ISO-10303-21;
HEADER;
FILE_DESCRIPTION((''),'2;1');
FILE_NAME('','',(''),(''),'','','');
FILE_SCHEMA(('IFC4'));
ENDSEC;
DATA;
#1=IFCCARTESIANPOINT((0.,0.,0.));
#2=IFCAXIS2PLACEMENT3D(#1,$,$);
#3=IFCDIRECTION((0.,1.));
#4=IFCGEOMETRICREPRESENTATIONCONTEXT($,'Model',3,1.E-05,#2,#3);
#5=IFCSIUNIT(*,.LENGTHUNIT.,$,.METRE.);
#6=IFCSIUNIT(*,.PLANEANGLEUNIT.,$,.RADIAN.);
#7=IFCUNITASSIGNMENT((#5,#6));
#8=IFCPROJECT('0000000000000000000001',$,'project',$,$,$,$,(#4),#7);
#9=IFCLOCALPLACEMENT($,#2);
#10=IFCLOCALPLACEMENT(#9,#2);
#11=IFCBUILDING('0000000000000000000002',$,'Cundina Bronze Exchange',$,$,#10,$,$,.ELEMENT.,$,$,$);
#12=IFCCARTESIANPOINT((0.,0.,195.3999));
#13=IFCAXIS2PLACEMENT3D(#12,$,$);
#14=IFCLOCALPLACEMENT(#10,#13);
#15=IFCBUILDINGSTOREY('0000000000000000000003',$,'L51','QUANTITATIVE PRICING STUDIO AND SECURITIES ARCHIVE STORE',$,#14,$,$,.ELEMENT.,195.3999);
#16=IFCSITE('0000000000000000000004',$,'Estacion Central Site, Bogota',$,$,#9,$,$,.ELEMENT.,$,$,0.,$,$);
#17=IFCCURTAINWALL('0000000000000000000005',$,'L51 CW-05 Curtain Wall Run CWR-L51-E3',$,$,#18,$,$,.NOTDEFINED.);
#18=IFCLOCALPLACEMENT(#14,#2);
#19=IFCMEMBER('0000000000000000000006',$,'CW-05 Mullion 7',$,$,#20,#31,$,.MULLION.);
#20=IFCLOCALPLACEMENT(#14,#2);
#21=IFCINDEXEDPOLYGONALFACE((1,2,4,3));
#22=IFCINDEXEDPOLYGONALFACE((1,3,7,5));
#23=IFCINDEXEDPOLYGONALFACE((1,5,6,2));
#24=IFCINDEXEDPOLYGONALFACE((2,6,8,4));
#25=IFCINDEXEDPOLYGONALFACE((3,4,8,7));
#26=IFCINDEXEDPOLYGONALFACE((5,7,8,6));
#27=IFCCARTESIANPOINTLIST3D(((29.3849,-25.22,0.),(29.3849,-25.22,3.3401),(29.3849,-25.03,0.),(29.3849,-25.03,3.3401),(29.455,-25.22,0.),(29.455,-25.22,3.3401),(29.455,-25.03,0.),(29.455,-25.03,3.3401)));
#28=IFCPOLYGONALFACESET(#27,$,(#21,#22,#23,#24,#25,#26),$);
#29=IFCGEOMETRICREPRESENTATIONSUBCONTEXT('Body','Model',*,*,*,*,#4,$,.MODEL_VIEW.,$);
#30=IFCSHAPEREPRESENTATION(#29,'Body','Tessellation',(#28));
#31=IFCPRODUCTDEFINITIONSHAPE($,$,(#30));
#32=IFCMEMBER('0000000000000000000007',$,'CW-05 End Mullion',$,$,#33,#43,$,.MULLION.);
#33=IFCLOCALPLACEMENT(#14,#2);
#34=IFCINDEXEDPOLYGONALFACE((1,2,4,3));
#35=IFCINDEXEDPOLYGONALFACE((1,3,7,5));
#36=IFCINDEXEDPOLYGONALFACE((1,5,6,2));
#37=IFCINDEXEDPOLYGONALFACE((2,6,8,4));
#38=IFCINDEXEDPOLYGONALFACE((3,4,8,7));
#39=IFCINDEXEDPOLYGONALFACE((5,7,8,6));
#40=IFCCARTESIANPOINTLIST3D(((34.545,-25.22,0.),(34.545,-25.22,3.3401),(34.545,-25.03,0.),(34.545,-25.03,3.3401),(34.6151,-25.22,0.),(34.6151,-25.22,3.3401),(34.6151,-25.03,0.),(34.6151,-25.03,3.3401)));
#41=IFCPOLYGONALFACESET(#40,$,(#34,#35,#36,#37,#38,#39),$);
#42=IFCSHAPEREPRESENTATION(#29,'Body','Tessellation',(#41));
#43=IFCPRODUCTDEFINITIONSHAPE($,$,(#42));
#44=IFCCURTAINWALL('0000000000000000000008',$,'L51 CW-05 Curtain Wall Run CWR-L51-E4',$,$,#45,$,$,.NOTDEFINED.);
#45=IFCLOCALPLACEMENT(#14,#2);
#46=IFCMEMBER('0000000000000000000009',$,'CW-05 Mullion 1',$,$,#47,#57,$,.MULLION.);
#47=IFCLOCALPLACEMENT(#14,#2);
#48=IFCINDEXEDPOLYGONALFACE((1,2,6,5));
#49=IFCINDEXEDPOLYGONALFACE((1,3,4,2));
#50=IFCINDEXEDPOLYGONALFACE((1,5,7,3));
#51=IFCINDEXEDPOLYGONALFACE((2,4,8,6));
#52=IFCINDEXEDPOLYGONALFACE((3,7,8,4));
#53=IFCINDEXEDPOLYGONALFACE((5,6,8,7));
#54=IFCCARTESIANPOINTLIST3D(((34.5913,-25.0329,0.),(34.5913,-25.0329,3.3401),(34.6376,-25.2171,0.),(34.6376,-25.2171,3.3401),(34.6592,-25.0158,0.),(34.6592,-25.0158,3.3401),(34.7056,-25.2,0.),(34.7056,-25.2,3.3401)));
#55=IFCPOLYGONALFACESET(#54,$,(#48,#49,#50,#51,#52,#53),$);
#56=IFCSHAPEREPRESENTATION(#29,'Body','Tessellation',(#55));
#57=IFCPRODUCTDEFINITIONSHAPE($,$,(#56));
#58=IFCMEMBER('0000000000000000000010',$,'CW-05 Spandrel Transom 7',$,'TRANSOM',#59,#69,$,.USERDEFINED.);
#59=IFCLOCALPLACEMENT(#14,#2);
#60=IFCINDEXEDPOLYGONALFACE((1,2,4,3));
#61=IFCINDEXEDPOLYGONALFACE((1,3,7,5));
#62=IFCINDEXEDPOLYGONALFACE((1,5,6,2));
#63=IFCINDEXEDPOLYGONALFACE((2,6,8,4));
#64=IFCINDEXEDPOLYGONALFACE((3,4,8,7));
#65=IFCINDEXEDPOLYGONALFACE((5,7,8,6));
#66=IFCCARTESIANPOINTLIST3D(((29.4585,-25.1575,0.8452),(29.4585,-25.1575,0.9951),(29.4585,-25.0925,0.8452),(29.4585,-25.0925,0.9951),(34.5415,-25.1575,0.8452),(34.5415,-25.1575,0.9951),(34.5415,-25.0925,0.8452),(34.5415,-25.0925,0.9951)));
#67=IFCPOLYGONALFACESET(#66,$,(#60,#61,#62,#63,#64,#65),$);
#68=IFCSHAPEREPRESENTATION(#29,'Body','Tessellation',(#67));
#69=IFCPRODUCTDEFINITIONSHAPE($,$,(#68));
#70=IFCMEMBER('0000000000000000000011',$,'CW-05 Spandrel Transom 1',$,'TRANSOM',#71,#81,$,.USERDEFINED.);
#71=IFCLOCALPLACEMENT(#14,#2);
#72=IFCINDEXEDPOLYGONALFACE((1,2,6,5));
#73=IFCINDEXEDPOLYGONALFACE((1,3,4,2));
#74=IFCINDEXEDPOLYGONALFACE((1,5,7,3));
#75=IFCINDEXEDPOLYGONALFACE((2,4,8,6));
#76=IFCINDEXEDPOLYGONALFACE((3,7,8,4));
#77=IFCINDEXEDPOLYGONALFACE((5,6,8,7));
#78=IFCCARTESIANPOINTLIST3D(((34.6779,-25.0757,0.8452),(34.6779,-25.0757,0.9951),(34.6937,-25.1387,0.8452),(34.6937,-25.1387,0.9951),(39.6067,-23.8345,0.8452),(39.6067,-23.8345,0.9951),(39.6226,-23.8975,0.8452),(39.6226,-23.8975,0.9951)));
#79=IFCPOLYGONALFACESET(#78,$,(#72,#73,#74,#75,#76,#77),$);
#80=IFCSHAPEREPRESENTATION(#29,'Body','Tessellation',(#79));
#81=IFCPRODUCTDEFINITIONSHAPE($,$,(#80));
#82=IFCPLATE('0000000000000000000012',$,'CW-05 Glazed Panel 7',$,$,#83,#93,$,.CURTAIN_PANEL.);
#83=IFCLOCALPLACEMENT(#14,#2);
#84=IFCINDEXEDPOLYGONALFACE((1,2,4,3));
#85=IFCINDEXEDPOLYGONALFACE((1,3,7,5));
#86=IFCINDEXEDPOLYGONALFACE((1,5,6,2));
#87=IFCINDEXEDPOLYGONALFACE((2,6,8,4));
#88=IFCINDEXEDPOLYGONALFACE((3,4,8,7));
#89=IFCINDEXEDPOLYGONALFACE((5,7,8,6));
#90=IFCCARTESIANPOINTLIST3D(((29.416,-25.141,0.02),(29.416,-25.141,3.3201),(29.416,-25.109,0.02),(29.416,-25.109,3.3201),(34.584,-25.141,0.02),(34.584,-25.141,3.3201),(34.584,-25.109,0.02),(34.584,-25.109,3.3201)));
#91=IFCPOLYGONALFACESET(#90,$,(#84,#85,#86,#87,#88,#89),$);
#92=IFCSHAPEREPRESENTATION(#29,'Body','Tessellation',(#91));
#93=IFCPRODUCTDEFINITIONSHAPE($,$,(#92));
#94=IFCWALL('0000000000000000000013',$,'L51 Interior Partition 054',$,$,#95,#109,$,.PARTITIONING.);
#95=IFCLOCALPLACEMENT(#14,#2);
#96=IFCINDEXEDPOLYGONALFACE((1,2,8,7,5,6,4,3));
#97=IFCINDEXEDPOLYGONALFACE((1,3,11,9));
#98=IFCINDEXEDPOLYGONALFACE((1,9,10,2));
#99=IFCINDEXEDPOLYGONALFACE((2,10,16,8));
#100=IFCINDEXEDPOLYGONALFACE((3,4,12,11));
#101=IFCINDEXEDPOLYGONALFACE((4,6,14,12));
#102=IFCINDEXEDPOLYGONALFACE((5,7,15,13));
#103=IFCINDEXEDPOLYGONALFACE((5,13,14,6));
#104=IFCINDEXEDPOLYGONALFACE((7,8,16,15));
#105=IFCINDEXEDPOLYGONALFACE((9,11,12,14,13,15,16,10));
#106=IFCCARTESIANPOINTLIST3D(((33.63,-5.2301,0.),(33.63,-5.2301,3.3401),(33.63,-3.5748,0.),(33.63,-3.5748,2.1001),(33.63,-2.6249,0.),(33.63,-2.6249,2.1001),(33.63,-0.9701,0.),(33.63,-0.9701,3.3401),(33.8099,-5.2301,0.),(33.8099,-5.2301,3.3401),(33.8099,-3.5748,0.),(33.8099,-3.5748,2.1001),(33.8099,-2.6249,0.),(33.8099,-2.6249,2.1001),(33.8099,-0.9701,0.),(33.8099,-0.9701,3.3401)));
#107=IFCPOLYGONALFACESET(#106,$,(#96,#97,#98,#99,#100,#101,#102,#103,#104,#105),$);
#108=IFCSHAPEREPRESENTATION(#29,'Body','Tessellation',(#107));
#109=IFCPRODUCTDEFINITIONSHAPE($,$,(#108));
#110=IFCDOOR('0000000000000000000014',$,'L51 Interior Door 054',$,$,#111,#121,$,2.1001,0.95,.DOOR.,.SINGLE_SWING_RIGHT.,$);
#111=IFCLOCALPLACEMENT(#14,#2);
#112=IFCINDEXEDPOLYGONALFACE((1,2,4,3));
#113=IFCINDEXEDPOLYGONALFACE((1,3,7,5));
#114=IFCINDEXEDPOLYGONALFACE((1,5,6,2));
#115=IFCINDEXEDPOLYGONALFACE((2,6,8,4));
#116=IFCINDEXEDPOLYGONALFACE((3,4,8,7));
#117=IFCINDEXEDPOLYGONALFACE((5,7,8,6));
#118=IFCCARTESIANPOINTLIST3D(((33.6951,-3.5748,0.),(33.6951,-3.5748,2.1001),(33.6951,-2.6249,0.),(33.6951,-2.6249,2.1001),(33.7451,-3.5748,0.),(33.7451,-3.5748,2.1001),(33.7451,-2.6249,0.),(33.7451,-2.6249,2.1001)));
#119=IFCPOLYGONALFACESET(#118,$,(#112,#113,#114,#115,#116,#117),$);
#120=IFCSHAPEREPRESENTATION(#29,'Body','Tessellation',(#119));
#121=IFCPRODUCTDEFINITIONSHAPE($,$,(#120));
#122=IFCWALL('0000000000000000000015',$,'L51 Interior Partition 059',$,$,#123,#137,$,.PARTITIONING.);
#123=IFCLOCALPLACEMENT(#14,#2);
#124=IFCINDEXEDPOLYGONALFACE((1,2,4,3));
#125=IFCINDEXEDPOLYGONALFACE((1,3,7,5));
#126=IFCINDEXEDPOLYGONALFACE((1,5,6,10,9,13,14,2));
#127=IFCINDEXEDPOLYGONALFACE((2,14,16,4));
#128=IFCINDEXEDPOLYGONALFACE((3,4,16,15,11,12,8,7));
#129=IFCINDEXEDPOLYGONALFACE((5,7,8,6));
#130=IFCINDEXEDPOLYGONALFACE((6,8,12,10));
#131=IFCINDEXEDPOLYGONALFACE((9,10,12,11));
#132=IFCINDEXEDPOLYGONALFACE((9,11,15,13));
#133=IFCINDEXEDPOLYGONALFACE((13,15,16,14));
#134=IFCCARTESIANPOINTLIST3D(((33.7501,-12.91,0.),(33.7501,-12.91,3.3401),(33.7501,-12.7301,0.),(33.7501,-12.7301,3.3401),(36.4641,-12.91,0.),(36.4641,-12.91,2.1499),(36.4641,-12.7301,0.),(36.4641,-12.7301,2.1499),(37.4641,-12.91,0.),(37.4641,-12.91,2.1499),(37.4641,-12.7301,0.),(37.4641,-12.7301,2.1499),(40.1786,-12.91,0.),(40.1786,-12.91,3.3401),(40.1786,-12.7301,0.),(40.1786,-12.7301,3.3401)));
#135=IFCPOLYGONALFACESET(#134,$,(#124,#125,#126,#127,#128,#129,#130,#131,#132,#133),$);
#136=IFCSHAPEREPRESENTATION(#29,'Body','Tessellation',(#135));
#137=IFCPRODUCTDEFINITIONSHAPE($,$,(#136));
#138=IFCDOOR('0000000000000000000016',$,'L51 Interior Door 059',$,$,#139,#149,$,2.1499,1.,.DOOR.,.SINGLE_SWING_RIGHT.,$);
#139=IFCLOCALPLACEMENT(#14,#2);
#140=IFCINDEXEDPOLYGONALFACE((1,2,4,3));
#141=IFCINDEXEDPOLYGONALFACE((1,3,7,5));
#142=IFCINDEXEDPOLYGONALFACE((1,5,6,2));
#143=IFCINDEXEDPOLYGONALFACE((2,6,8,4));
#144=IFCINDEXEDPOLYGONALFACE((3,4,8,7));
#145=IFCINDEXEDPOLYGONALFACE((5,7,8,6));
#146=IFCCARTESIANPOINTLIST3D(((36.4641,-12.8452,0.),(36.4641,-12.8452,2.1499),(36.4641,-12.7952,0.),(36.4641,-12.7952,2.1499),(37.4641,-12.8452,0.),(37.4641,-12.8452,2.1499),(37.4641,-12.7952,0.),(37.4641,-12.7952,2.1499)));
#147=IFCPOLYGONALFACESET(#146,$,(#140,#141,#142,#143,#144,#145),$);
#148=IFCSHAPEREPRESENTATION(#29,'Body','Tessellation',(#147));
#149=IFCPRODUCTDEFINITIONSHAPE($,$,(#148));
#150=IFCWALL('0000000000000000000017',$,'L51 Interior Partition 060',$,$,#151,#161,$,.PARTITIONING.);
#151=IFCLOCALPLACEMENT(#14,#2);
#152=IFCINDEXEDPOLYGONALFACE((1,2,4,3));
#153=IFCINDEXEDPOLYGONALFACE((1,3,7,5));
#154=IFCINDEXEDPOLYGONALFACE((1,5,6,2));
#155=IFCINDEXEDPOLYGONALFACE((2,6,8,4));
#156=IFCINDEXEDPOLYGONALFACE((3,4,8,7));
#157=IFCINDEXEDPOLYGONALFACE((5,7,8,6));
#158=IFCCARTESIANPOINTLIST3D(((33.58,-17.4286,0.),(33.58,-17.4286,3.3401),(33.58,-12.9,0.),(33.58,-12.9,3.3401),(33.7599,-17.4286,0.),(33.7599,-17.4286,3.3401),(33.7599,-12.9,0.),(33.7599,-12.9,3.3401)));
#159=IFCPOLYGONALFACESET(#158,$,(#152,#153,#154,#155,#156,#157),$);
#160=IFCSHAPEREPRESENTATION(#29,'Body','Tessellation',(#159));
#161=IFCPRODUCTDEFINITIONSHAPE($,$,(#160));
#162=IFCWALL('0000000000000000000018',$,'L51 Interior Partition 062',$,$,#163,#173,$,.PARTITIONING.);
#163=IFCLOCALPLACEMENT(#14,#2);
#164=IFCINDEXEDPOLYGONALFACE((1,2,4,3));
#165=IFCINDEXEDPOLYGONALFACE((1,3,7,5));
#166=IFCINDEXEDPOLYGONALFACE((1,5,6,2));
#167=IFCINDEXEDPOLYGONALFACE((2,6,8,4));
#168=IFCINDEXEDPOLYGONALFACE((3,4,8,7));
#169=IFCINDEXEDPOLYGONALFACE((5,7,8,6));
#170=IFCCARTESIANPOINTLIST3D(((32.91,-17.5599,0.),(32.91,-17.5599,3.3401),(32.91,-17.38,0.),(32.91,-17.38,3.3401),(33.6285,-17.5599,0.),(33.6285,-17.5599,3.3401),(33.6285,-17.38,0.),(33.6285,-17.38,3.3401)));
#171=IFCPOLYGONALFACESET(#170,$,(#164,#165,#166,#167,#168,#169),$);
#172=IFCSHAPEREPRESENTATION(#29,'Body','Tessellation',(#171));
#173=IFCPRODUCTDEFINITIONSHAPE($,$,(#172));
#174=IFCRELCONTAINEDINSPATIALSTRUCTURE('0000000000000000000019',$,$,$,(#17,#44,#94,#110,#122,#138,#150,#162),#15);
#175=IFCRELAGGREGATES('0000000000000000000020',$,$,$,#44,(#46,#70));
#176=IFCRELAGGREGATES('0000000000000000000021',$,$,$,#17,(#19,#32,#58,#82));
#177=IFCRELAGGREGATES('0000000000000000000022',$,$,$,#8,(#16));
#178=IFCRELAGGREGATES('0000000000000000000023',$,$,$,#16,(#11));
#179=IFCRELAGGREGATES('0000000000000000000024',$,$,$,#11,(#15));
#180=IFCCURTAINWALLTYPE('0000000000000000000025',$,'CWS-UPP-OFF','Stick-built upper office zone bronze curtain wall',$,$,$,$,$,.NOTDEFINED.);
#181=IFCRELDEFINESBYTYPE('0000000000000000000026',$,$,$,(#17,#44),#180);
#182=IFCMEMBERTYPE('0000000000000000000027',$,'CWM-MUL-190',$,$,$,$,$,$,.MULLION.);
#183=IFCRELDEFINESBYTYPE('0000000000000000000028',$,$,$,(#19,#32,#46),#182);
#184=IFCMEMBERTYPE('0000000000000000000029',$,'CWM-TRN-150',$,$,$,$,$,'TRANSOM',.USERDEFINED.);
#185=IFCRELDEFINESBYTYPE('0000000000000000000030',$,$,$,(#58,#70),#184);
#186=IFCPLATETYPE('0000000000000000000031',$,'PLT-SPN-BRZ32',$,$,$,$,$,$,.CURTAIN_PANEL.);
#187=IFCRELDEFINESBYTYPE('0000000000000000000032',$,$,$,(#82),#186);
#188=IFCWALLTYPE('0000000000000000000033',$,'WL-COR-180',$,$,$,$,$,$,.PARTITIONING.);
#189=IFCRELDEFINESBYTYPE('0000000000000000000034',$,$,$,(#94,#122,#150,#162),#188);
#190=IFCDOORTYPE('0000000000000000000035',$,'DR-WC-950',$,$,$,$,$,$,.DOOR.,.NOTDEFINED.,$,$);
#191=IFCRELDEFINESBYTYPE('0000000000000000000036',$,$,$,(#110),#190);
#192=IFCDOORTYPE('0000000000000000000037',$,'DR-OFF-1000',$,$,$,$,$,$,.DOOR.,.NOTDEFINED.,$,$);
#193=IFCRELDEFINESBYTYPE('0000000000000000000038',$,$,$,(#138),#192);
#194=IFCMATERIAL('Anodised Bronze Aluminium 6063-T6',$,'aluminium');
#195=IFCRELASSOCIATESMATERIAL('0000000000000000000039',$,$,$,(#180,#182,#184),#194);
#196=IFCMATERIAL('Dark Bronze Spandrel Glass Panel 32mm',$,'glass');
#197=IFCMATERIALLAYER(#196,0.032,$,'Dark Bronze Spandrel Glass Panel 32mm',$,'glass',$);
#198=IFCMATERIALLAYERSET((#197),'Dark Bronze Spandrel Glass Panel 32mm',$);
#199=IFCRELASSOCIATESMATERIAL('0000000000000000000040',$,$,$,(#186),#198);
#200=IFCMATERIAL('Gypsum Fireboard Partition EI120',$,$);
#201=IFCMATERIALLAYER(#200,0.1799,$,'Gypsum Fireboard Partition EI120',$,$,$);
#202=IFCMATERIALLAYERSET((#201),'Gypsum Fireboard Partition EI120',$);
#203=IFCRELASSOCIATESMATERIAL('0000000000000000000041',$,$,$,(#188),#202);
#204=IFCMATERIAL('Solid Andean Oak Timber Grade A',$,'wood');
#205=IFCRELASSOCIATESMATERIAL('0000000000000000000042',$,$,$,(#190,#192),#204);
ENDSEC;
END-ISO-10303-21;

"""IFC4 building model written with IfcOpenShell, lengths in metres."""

from ifc_helpers import new_model, si_unit, direction, frame, frame_2d, origin, origin_2d, place, context, subcontext, project, spatial, rectangle, extrude, material, layer, layer_set, material_profile, profile_set, type_object, element, fill, aggregate, save


model = new_model("IFC4")

# Units and contexts
model_context = context("Model", 3, precision=1e-05, world=origin(), true_north=direction((0.0, 1.0)))
body_context = subcontext(model_context, "Body", "Model", "MODEL_VIEW")
ifc_project = project(units=[si_unit("LENGTHUNIT", "METRE"), si_unit("PLANEANGLEUNIT", "RADIAN")], contexts=[model_context])

# Site, building, storey
site_placement = place(None, origin())
site = spatial("IfcSite", under=ifc_project, at=site_placement, Name="Estacion Central Site, Bogota", CompositionType="ELEMENT", RefElevation=0.0)
building_placement = place(site_placement, origin())
building = spatial("IfcBuilding", under=site, at=building_placement, Name="Cundina Bronze Exchange", CompositionType="ELEMENT")
storey_placement = place(building_placement, frame((0.0, 0.0, 195.3999)))
storey = spatial("IfcBuildingStorey", under=building, at=storey_placement, Name="L51", Description="QUANTITATIVE PRICING STUDIO AND SECURITIES ARCHIVE STORE", CompositionType="ELEMENT", Elevation=195.3999)

# Curtain wall, members
ifc_material_1 = material(Name="Anodised Bronze Aluminium 6063-T6", Category="aluminium")
curtain_wall_type = type_object("IfcCurtainWallType", Name="CWS-UPP-OFF", Description="Stick-built upper office zone bronze curtain wall", PredefinedType="NOTDEFINED", material=ifc_material_1)
curtain_wall_1_placement = place(storey_placement, origin())
curtain_wall_1 = element("IfcCurtainWall", 1, at=curtain_wall_1_placement, inside=storey, type_object=curtain_wall_type, Name="L51 CW-05 Curtain Wall Run CWR-L51-E3", PredefinedType="NOTDEFINED")
ifc_material_profile_1 = material_profile(ifc_material_1, rectangle(XDim=0.0701, YDim=0.1899, at=origin_2d()), Name="AL70X190", Category="aluminium")
ifc_profile_set_1 = profile_set([ifc_material_profile_1], Name="Anodised Bronze Aluminium 6063-T6")
member_type_1 = type_object("IfcMemberType", Name="CWM-MUL-190", PredefinedType="MULLION", material=ifc_profile_set_1)
member_1_placement = place(storey_placement, frame((29.4199, -25.125, 0.0), z_axis=(0.0, 0.0, 1.0), x_axis=(1.0, 0.0, 0.0)))
member_1 = element("IfcMember", 2, at=member_1_placement, type_object=member_type_1, Name="CW-05 Mullion 7", PredefinedType="MULLION", context=body_context, shape_type="SweptSolid", body=[
    extrude(rectangle(XDim=0.0701, YDim=0.1899, at=origin_2d()), origin(), (0.0, 0.0, 1.0), 3.3401),
])
member_2_placement = place(storey_placement, frame((34.5801, -25.125, 0.0), z_axis=(0.0, 0.0, 1.0), x_axis=(1.0, 0.0, 0.0)))
member_2 = element("IfcMember", 3, at=member_2_placement, type_object=member_type_1, Name="CW-05 End Mullion", PredefinedType="MULLION", context=body_context, shape_type="SweptSolid", body=[
    extrude(rectangle(XDim=0.0701, YDim=0.1899, at=origin_2d()), origin(), (0.0, 0.0, 1.0), 3.3401),
])

# Curtain wall, member
curtain_wall_2_placement = place(storey_placement, origin())
curtain_wall_2 = element("IfcCurtainWall", 4, at=curtain_wall_2_placement, inside=storey, type_object=curtain_wall_type, Name="L51 CW-05 Curtain Wall Run CWR-L51-E4", PredefinedType="NOTDEFINED")
member_3_placement = place(storey_placement, frame((34.6484, -25.1165, 0.0), z_axis=(0.0, 0.0, 1.0), x_axis=(0.969744, 0.244123, 0.0)))
member_3 = element("IfcMember", 5, at=member_3_placement, type_object=member_type_1, Name="CW-05 Mullion 1", PredefinedType="MULLION", context=body_context, shape_type="SweptSolid", body=[
    extrude(rectangle(XDim=0.0701, YDim=0.1899, at=origin_2d()), origin(), (0.0, 0.0, 1.0), 3.3401),
])

# Members
ifc_material_profile_2 = material_profile(ifc_material_1, rectangle(XDim=0.0649, YDim=0.1499, at=origin_2d()), Name="AL65X150", Category="aluminium")
ifc_profile_set_2 = profile_set([ifc_material_profile_2], Name="Anodised Bronze Aluminium 6063-T6")
member_type_2 = type_object("IfcMemberType", Name="CWM-TRN-150", ElementType="TRANSOM", PredefinedType="USERDEFINED", material=ifc_profile_set_2)
member_4_placement = place(storey_placement, frame((29.4585, -25.125, 0.9202), z_axis=(1.0, 0.0, 0.0), x_axis=(0.0, 1.0, 0.0)))
member_4 = element("IfcMember", 6, at=member_4_placement, type_object=member_type_2, Name="CW-05 Spandrel Transom 7", ObjectType="TRANSOM", PredefinedType="USERDEFINED", context=body_context, shape_type="SweptSolid", body=[
    extrude(rectangle(XDim=0.0649, YDim=0.1499, at=origin_2d()), origin(), (0.0, 0.0, 1.0), 5.083),
])
member_5_placement = place(storey_placement, frame((34.6858, -25.1072, 0.9202), z_axis=(0.969726, 0.244197, 0.0), x_axis=(-0.244197, 0.969726, 0.0)))
member_5 = element("IfcMember", 7, at=member_5_placement, type_object=member_type_2, Name="CW-05 Spandrel Transom 1", ObjectType="TRANSOM", PredefinedType="USERDEFINED", context=body_context, shape_type="SweptSolid", body=[
    extrude(rectangle(XDim=0.0649, YDim=0.1499, at=origin_2d()), origin(), (0.0, 0.0, 1.0), 5.0828),
])
aggregate(curtain_wall_2, [member_3, member_5])

# Plate
ifc_material_2 = material(Name="Dark Bronze Spandrel Glass Panel 32mm", Category="glass")
ifc_layer_1 = layer(ifc_material_2, 0.032, Name="Dark Bronze Spandrel Glass Panel 32mm", Category="glass")
ifc_layer_set_1 = layer_set([ifc_layer_1], Name="Dark Bronze Spandrel Glass Panel 32mm")
plate_type = type_object("IfcPlateType", Name="PLT-SPN-BRZ32", PredefinedType="CURTAIN_PANEL", material=ifc_layer_set_1)
plate_placement = place(storey_placement, frame((32.0, -25.125, 0.02), z_axis=(0.0, 0.0, 1.0), x_axis=(1.0, 0.0, 0.0)))
plate = element("IfcPlate", 8, at=plate_placement, type_object=plate_type, Name="CW-05 Glazed Panel 7", PredefinedType="CURTAIN_PANEL", context=body_context, shape_type="SweptSolid", body=[
    extrude(rectangle(XDim=5.168, YDim=0.032, at=origin_2d()), origin(), (0.0, 0.0, 1.0), 3.3),
])
aggregate(curtain_wall_1, [member_1, member_2, member_4, plate])

# Walls, openings, doors
ifc_material_3 = material(Name="Gypsum Fireboard Partition EI120")
ifc_layer_2 = layer(ifc_material_3, 0.1799, Name="Gypsum Fireboard Partition EI120")
ifc_layer_set_2 = layer_set([ifc_layer_2], Name="Gypsum Fireboard Partition EI120")
wall_type_1 = type_object("IfcWallType", Name="WL-COR-180", PredefinedType="PARTITIONING", material=ifc_layer_set_2)
wall_1_placement = place(storey_placement, frame((33.72, -5.23, 0.0), z_axis=(0.0, 0.0, 1.0), x_axis=(0.0, 1.0, 0.0)))
wall_1 = element("IfcWall", 9, at=wall_1_placement, inside=storey, type_object=wall_type_1, Name="L51 Interior Partition 054", PredefinedType="PARTITIONING", context=body_context, shape_type="SweptSolid", body=[
    extrude(rectangle(XDim=4.26, YDim=0.1799, at=frame_2d((2.1299, 0.0))), origin(), (0.0, 0.0, 1.0), 3.3401),
])
opening_1_placement = place(wall_1_placement, frame((1.655, 0.0, 0.0)))
opening_1 = element("IfcOpeningElement", 10, at=opening_1_placement, cuts=wall_1, PredefinedType="OPENING", context=body_context, shape_type="SweptSolid", body=[
    extrude(rectangle(XDim=0.95, YDim=2.1001, at=frame_2d((0.4751, 1.05))), frame((0.0, 0.0999, 0.0), z_axis=(0.0, -1.0, 0.0), x_axis=(1.0, 0.0, 0.0)), (0.0, 0.0, 1.0), 0.2),
])
ifc_material_4 = material(Name="Solid Andean Oak Timber Grade A", Category="wood")
door_type_1 = type_object("IfcDoorType", Name="DR-WC-950", OperationType="NOTDEFINED", PredefinedType="DOOR", material=ifc_material_4)
door_1_placement = place(opening_1_placement, origin())
door_1 = element("IfcDoor", 11, at=door_1_placement, inside=storey, type_object=door_type_1, Name="L51 Interior Door 054", OperationType="SINGLE_SWING_RIGHT", OverallHeight=2.1001, OverallWidth=0.95, PredefinedType="DOOR", context=body_context, shape_type="SweptSolid", body=[
    extrude(rectangle(XDim=0.95, YDim=2.1001, at=frame_2d((0.4751, 1.05))), frame((0.0, 0.0249, 0.0), z_axis=(0.0, -1.0, 0.0), x_axis=(1.0, 0.0, 0.0)), (0.0, 0.0, 1.0), 0.05),
])
fill(opening_1, door_1)
door_type_2 = type_object("IfcDoorType", Name="DR-OFF-1000", OperationType="NOTDEFINED", PredefinedType="DOOR", material=ifc_material_4)
wall_2_placement = place(storey_placement, frame((33.75, -12.8201, 0.0), z_axis=(0.0, 0.0, 1.0), x_axis=(1.0, 0.0, 0.0)))
wall_2 = element("IfcWall", 12, at=wall_2_placement, inside=storey, type_object=wall_type_1, Name="L51 Interior Partition 059", PredefinedType="PARTITIONING", context=body_context, shape_type="SweptSolid", body=[
    extrude(rectangle(XDim=6.4285, YDim=0.1799, at=frame_2d((3.2144, 0.0))), origin(), (0.0, 0.0, 1.0), 3.3401),
])
opening_2_placement = place(wall_2_placement, frame((2.7141, 0.0, 0.0)))
opening_2 = element("IfcOpeningElement", 13, at=opening_2_placement, cuts=wall_2, PredefinedType="OPENING", context=body_context, shape_type="SweptSolid", body=[
    extrude(rectangle(XDim=1.0, YDim=2.1499, at=frame_2d((0.5, 1.075))), frame((0.0, 0.0999, 0.0), z_axis=(0.0, -1.0, 0.0), x_axis=(1.0, 0.0, 0.0)), (0.0, 0.0, 1.0), 0.2),
])
door_2_placement = place(opening_2_placement, origin())
door_2 = element("IfcDoor", 14, at=door_2_placement, inside=storey, type_object=door_type_2, Name="L51 Interior Door 059", OperationType="SINGLE_SWING_RIGHT", OverallHeight=2.1499, OverallWidth=1.0, PredefinedType="DOOR", context=body_context, shape_type="SweptSolid", body=[
    extrude(rectangle(XDim=1.0, YDim=2.1499, at=frame_2d((0.5, 1.075))), frame((0.0, 0.0249, 0.0), z_axis=(0.0, -1.0, 0.0), x_axis=(1.0, 0.0, 0.0)), (0.0, 0.0, 1.0), 0.05),
])
fill(opening_2, door_2)

# Walls
wall_3_placement = place(storey_placement, frame((33.6699, -17.4285, 0.0), z_axis=(0.0, 0.0, 1.0), x_axis=(0.0, 1.0, 0.0)))
element("IfcWall", 15, at=wall_3_placement, inside=storey, type_object=wall_type_1, Name="L51 Interior Partition 060", PredefinedType="PARTITIONING", context=body_context, shape_type="SweptSolid", body=[
    extrude(rectangle(XDim=4.5286, YDim=0.1799, at=frame_2d((2.2642, 0.0))), origin(), (0.0, 0.0, 1.0), 3.3401),
])
wall_4_placement = place(storey_placement, frame((32.9099, -17.47, 0.0), z_axis=(0.0, 0.0, 1.0), x_axis=(1.0, 0.0, 0.0)))
element("IfcWall", 16, at=wall_4_placement, inside=storey, type_object=wall_type_1, Name="L51 Interior Partition 062", PredefinedType="PARTITIONING", context=body_context, shape_type="SweptSolid", body=[
    extrude(rectangle(XDim=0.7185, YDim=0.1799, at=frame_2d((0.3594, 0.0))), origin(), (0.0, 0.0, 1.0), 3.3401),
])

save(model, "model.ifc")
